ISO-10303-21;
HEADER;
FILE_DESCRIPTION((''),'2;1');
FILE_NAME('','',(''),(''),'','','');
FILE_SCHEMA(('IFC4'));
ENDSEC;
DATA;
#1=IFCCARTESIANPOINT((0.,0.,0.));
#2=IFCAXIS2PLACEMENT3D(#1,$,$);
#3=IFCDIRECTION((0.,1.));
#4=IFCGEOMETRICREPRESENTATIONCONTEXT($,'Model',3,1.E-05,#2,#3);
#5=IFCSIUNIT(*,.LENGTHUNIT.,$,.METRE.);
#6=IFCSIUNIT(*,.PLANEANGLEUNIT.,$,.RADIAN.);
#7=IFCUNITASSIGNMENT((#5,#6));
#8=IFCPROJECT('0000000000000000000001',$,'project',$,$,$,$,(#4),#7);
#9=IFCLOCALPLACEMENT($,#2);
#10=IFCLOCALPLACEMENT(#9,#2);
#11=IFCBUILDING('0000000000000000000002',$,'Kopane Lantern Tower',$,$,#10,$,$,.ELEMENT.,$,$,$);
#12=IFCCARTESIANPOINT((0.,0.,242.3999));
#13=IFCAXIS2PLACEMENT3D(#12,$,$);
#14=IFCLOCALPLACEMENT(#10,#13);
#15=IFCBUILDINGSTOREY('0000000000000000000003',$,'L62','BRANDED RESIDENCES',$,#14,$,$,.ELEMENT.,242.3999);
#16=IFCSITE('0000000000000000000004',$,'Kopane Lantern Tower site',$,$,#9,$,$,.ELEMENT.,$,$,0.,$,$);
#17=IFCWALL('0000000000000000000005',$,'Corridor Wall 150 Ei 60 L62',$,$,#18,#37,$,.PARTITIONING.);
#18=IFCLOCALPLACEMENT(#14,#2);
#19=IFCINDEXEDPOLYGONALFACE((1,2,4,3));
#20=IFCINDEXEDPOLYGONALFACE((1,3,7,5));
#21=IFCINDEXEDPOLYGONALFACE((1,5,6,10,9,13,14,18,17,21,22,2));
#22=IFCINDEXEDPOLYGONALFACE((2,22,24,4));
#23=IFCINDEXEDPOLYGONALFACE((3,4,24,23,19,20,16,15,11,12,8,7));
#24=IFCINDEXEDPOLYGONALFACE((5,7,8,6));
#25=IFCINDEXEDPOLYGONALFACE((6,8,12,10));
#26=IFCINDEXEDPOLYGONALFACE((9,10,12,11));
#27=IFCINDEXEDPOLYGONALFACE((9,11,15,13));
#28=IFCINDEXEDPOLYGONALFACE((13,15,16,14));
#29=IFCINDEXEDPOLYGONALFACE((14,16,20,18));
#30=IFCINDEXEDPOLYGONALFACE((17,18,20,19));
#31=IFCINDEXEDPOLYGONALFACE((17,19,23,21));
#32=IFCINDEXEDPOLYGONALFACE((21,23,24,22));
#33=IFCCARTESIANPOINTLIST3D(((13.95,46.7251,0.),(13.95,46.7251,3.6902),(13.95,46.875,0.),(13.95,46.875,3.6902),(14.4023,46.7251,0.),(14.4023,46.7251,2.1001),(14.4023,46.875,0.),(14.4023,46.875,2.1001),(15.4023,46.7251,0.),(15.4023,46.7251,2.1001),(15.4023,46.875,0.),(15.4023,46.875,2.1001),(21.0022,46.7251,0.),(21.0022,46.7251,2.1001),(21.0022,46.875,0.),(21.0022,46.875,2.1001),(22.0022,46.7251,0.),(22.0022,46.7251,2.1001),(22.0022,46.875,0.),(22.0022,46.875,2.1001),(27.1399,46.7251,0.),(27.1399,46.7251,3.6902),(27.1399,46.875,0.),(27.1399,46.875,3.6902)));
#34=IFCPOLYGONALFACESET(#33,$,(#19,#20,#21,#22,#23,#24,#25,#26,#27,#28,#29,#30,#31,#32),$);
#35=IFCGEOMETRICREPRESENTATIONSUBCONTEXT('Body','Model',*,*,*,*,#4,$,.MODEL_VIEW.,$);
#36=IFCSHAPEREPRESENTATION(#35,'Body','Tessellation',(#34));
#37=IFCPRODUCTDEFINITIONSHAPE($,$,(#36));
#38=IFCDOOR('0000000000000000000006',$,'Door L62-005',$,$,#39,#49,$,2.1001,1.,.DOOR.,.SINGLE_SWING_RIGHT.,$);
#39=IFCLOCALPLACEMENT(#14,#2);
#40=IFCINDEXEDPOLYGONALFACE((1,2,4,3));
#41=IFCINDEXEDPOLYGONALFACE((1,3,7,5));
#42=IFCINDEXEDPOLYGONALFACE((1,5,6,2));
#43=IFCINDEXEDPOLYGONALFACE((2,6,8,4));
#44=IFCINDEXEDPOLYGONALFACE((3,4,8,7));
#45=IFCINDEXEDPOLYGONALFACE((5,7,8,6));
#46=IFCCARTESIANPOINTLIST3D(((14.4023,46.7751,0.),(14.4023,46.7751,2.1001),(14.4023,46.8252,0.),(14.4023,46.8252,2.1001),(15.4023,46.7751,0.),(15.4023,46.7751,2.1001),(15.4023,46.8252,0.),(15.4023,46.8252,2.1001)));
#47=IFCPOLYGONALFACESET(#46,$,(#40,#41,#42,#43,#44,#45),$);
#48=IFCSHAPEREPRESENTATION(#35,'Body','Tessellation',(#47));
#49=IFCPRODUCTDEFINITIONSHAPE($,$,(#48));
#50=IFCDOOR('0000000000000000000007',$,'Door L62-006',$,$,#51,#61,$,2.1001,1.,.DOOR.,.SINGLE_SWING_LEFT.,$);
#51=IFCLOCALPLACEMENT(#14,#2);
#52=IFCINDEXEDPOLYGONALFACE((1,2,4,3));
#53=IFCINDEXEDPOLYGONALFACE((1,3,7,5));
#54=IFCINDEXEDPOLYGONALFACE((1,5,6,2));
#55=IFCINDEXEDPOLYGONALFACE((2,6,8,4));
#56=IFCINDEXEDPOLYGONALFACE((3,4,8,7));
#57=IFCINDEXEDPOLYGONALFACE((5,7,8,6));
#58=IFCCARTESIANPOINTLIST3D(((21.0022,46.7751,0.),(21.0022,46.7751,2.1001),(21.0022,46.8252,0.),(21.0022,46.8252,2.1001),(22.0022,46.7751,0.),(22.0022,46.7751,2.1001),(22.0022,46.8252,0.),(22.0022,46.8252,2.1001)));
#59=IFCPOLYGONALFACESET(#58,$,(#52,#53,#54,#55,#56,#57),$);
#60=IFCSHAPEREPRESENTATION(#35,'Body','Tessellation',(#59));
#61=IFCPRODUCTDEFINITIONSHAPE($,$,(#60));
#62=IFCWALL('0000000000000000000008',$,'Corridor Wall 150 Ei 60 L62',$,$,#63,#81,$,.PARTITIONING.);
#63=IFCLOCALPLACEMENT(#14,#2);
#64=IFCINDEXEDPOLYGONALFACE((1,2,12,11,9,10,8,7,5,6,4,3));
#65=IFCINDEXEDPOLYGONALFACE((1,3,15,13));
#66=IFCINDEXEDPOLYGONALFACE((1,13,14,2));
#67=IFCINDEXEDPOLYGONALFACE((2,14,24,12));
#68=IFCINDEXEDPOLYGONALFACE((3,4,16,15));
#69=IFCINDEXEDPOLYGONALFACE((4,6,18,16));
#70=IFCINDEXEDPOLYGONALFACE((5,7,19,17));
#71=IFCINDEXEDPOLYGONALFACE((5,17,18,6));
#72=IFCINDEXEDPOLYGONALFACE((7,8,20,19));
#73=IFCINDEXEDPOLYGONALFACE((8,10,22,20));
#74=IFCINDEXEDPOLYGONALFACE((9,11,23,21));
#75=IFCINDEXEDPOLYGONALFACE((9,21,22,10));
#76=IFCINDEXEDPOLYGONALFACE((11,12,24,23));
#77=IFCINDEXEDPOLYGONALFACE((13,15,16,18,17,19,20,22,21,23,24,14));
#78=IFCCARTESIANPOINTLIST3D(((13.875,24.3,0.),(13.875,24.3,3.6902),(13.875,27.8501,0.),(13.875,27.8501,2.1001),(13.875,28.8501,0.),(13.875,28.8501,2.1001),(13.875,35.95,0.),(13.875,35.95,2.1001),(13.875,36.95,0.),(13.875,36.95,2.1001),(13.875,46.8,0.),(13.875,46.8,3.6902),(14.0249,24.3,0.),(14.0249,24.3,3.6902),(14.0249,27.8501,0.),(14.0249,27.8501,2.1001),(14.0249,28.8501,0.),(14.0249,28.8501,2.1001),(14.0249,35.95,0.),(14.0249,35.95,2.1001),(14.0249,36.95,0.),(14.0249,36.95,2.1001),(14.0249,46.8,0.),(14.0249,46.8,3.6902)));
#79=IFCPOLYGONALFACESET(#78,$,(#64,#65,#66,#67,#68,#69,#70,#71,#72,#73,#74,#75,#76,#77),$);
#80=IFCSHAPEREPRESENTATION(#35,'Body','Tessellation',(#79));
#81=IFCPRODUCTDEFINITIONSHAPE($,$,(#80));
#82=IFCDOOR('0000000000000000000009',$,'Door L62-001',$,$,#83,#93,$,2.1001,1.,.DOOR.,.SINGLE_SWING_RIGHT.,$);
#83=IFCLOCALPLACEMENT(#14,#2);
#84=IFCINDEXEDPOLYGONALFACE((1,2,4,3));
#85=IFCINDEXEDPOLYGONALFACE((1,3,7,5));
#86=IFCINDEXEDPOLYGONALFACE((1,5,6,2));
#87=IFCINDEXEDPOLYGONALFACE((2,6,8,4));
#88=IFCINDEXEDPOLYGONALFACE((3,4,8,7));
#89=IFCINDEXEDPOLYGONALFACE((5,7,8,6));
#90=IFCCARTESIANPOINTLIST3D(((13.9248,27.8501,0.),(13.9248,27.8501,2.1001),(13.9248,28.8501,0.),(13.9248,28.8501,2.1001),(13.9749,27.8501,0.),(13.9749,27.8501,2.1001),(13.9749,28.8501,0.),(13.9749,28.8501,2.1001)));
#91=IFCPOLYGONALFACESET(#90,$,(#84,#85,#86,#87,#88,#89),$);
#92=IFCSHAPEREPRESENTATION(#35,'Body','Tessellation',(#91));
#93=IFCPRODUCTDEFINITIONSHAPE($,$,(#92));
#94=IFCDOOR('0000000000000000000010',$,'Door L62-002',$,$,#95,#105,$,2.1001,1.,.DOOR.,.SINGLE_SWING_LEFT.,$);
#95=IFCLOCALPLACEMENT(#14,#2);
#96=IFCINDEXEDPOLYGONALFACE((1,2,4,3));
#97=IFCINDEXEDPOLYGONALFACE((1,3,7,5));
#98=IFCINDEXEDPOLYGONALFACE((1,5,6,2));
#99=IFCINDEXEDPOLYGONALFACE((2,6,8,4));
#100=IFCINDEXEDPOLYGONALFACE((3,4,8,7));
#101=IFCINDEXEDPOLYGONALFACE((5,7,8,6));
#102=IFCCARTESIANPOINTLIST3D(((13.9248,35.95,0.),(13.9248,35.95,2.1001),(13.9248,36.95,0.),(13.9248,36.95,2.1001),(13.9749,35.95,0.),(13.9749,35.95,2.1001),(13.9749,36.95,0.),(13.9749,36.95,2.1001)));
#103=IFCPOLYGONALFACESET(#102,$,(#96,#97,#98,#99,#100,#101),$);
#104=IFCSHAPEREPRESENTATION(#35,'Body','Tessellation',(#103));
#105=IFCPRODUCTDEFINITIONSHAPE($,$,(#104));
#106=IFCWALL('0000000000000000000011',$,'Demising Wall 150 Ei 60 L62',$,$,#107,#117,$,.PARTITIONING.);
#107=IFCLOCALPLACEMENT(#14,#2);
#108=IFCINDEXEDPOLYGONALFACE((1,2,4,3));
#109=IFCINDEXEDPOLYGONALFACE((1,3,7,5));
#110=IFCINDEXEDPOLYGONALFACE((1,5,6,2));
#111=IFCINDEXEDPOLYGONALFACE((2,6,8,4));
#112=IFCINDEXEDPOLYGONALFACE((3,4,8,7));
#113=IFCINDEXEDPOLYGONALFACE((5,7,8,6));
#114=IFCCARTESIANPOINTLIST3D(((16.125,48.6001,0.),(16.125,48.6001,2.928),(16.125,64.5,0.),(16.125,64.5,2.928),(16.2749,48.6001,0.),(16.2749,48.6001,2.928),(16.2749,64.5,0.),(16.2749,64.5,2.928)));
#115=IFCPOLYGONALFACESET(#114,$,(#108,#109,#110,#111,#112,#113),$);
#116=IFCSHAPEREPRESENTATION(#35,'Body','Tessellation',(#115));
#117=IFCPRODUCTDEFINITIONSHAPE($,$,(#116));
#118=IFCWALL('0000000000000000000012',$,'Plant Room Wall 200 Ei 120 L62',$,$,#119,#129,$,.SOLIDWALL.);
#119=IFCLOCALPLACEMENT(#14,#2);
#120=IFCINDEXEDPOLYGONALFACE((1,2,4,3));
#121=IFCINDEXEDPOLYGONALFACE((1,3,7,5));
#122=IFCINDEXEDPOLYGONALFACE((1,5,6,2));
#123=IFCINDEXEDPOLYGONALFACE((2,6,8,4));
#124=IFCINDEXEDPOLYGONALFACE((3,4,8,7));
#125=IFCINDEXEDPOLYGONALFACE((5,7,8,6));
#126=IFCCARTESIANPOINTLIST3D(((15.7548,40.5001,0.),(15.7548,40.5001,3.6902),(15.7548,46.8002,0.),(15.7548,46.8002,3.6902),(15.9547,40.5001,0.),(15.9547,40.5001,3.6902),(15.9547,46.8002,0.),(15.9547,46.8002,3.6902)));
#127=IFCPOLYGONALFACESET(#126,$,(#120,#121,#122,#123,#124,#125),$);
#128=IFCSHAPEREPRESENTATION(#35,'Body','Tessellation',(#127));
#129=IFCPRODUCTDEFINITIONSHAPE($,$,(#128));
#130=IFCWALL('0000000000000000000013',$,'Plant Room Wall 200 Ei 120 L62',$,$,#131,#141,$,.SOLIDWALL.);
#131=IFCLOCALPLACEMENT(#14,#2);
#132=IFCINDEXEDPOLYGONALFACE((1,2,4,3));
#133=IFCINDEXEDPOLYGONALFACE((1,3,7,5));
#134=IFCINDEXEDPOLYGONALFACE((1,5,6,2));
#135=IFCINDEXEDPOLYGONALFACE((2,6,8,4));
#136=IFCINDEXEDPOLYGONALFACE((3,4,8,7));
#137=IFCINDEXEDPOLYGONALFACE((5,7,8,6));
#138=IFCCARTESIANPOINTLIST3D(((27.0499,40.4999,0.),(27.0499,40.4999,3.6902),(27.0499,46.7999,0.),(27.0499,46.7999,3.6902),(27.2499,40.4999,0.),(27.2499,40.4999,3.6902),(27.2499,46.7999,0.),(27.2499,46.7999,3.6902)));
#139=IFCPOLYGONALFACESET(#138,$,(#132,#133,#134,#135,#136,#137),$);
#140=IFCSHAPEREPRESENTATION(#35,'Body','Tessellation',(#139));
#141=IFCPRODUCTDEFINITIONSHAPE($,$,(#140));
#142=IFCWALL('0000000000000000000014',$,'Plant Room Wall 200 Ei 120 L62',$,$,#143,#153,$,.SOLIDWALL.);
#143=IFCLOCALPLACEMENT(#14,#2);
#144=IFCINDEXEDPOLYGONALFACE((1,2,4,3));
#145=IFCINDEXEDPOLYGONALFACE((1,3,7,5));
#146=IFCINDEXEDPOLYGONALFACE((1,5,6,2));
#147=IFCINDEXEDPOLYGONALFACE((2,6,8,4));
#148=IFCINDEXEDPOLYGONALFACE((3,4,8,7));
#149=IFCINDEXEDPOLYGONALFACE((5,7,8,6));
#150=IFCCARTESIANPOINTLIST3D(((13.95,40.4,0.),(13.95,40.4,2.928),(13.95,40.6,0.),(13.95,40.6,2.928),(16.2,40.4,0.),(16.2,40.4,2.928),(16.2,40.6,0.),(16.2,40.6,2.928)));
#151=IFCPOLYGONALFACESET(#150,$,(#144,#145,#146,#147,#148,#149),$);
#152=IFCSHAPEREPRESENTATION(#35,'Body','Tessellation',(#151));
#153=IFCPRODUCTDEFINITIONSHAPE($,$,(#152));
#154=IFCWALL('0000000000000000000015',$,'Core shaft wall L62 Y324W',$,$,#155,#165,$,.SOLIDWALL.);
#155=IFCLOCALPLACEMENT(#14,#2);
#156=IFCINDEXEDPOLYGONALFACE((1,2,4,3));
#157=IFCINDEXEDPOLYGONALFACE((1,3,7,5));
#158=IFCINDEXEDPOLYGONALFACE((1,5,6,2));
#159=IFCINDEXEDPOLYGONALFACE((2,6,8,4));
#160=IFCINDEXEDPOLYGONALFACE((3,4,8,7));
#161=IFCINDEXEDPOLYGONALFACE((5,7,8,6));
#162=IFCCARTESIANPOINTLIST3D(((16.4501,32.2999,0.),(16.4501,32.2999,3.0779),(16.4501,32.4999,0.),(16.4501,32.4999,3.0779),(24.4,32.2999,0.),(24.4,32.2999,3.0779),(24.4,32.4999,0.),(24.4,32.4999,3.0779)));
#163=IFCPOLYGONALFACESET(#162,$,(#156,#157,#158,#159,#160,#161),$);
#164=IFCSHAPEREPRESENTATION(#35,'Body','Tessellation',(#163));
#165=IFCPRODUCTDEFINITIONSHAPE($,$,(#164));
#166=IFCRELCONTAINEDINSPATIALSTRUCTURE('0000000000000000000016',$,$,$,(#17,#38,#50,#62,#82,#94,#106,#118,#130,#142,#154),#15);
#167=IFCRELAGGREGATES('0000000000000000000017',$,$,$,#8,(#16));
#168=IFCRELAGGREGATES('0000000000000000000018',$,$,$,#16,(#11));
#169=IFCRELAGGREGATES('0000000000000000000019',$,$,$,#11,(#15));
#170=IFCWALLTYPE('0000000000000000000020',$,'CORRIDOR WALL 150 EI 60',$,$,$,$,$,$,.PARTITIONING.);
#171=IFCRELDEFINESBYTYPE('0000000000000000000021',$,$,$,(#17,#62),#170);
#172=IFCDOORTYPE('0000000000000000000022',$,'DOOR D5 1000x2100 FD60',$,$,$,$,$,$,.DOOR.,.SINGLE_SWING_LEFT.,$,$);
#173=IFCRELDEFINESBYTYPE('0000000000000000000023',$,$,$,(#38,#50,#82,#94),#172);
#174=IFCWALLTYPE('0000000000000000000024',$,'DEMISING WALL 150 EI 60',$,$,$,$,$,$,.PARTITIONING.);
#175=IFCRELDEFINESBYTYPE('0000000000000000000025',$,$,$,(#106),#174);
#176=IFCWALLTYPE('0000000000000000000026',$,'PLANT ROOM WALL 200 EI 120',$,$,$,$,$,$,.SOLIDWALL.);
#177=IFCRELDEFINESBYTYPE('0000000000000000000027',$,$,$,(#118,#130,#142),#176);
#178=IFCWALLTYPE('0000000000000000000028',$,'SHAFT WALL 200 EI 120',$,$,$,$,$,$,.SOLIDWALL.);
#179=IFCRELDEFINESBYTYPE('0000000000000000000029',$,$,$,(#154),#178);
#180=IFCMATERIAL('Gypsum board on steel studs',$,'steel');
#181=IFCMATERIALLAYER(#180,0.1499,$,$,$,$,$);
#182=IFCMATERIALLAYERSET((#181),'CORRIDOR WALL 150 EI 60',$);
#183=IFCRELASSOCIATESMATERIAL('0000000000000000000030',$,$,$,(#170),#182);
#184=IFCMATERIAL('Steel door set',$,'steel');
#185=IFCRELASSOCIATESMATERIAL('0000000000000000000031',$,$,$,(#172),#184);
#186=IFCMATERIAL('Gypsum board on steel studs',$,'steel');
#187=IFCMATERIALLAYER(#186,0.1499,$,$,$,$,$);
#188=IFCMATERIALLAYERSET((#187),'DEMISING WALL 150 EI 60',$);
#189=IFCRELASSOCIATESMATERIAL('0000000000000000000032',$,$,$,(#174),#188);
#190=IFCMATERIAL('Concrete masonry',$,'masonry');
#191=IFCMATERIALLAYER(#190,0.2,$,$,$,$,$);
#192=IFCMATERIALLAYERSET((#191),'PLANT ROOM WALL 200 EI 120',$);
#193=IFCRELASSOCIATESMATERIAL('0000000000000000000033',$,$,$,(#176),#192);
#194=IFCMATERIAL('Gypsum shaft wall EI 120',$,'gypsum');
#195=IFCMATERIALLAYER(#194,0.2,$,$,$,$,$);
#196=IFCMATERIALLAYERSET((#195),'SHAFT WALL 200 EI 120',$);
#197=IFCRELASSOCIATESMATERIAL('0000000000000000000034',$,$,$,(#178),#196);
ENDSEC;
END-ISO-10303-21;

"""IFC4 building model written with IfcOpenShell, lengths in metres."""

from ifc_helpers import new_model, si_unit, direction, frame, frame_2d, origin, place, context, subcontext, project, spatial, rectangle, extrude, material, layer, layer_set, type_object, element, fill, save


model = new_model("IFC4")

# Units and contexts
model_context = context("Model", 3, precision=1e-05, world=origin(), true_north=direction((0.0, 1.0)))
body_context = subcontext(model_context, "Body", "Model", "MODEL_VIEW")
ifc_project = project(units=[si_unit("LENGTHUNIT", "METRE"), si_unit("PLANEANGLEUNIT", "RADIAN")], contexts=[model_context])

# Site, building, storey
site_placement = place(None, origin())
site = spatial("IfcSite", under=ifc_project, at=site_placement, Name="Kopane Lantern Tower site", CompositionType="ELEMENT", RefElevation=0.0)
building_placement = place(site_placement, origin())
building = spatial("IfcBuilding", under=site, at=building_placement, Name="Kopane Lantern Tower", CompositionType="ELEMENT")
storey_placement = place(building_placement, frame((0.0, 0.0, 242.3999)))
storey = spatial("IfcBuildingStorey", under=building, at=storey_placement, Name="L62", Description="BRANDED RESIDENCES", CompositionType="ELEMENT", Elevation=242.3999)

# Walls, openings, doors
ifc_material_1 = material(Name="Gypsum board on steel studs", Category="steel")
ifc_layer_1 = layer(ifc_material_1, 0.1499)
ifc_layer_set_1 = layer_set([ifc_layer_1], Name="CORRIDOR WALL 150 EI 60")
wall_type_1 = type_object("IfcWallType", Name="CORRIDOR WALL 150 EI 60", PredefinedType="PARTITIONING", material=ifc_layer_set_1)
wall_1_placement = place(storey_placement, frame((27.1399, 46.8, 0.0), z_axis=(0.0, 0.0, 1.0), x_axis=(-1.0, 0.0, 0.0)))
wall_1 = element("IfcWall", 1, at=wall_1_placement, inside=storey, type_object=wall_type_1, Name="Corridor Wall 150 Ei 60 L62", PredefinedType="PARTITIONING", context=body_context, shape_type="SweptSolid", body=[
    extrude(rectangle(XDim=13.1899, YDim=0.1499, at=frame_2d((6.595, 0.0))), origin(), (0.0, 0.0, 1.0), 3.6902),
])
opening_1_placement = place(wall_1_placement, frame((11.7375, 0.0, 0.0)))
opening_1 = element("IfcOpeningElement", 2, at=opening_1_placement, cuts=wall_1, PredefinedType="OPENING", context=body_context, shape_type="SweptSolid", body=[
    extrude(rectangle(XDim=1.0, YDim=2.1001, at=frame_2d((0.5, 1.05))), frame((0.0, 0.085, 0.0), z_axis=(0.0, -1.0, 0.0), x_axis=(1.0, 0.0, 0.0)), (0.0, 0.0, 1.0), 0.1699),
])
opening_2_placement = place(wall_1_placement, frame((5.1377, 0.0, 0.0)))
opening_2 = element("IfcOpeningElement", 3, at=opening_2_placement, cuts=wall_1, PredefinedType="OPENING", context=body_context, shape_type="SweptSolid", body=[
    extrude(rectangle(XDim=1.0, YDim=2.1001, at=frame_2d((0.5, 1.05))), frame((0.0, 0.085, 0.0), z_axis=(0.0, -1.0, 0.0), x_axis=(1.0, 0.0, 0.0)), (0.0, 0.0, 1.0), 0.1699),
])
ifc_material_2 = material(Name="Steel door set", Category="steel")
door_type_1 = type_object("IfcDoorType", Name="DOOR D5 1000x2100 FD60", OperationType="SINGLE_SWING_LEFT", PredefinedType="DOOR", material=ifc_material_2)
door_1_placement = place(opening_1_placement, origin())
door_1 = element("IfcDoor", 4, at=door_1_placement, inside=storey, type_object=door_type_1, Name="Door L62-005", OperationType="SINGLE_SWING_RIGHT", OverallHeight=2.1001, OverallWidth=1.0, PredefinedType="DOOR", context=body_context, shape_type="SweptSolid", body=[
    extrude(rectangle(XDim=1.0, YDim=2.1001, at=frame_2d((0.5, 1.05))), frame((0.0, 0.0249, 0.0), z_axis=(0.0, -1.0, 0.0), x_axis=(1.0, 0.0, 0.0)), (0.0, 0.0, 1.0), 0.05),
])
fill(opening_1, door_1)
door_2_placement = place(opening_2_placement, origin())
door_2 = element("IfcDoor", 5, at=door_2_placement, inside=storey, type_object=door_type_1, Name="Door L62-006", OperationType="SINGLE_SWING_LEFT", OverallHeight=2.1001, OverallWidth=1.0, PredefinedType="DOOR", context=body_context, shape_type="SweptSolid", body=[
    extrude(rectangle(XDim=1.0, YDim=2.1001, at=frame_2d((0.5, 1.05))), frame((0.0, 0.0249, 0.0), z_axis=(0.0, -1.0, 0.0), x_axis=(1.0, 0.0, 0.0)), (0.0, 0.0, 1.0), 0.05),
])
fill(opening_2, door_2)
wall_2_placement = place(storey_placement, frame((13.95, 46.8, 0.0), z_axis=(0.0, 0.0, 1.0), x_axis=(0.0, -1.0, 0.0)))
wall_2 = element("IfcWall", 6, at=wall_2_placement, inside=storey, type_object=wall_type_1, Name="Corridor Wall 150 Ei 60 L62", PredefinedType="PARTITIONING", context=body_context, shape_type="SweptSolid", body=[
    extrude(rectangle(XDim=22.5, YDim=0.1499, at=frame_2d((11.25, 0.0))), origin(), (0.0, 0.0, 1.0), 3.6902),
])
opening_3_placement = place(wall_2_placement, frame((17.95, 0.0, 0.0)))
opening_3 = element("IfcOpeningElement", 7, at=opening_3_placement, cuts=wall_2, PredefinedType="OPENING", context=body_context, shape_type="SweptSolid", body=[
    extrude(rectangle(XDim=1.0, YDim=2.1001, at=frame_2d((0.5, 1.05))), frame((0.0, 0.085, 0.0), z_axis=(0.0, -1.0, 0.0), x_axis=(1.0, 0.0, 0.0)), (0.0, 0.0, 1.0), 0.1699),
])
opening_4_placement = place(wall_2_placement, frame((9.8501, 0.0, 0.0)))
opening_4 = element("IfcOpeningElement", 8, at=opening_4_placement, cuts=wall_2, PredefinedType="OPENING", context=body_context, shape_type="SweptSolid", body=[
    extrude(rectangle(XDim=1.0, YDim=2.1001, at=frame_2d((0.5, 1.05))), frame((0.0, 0.085, 0.0), z_axis=(0.0, -1.0, 0.0), x_axis=(1.0, 0.0, 0.0)), (0.0, 0.0, 1.0), 0.1699),
])
door_3_placement = place(opening_3_placement, origin())
door_3 = element("IfcDoor", 9, at=door_3_placement, inside=storey, type_object=door_type_1, Name="Door L62-001", OperationType="SINGLE_SWING_RIGHT", OverallHeight=2.1001, OverallWidth=1.0, PredefinedType="DOOR", context=body_context, shape_type="SweptSolid", body=[
    extrude(rectangle(XDim=1.0, YDim=2.1001, at=frame_2d((0.5, 1.05))), frame((0.0, 0.0249, 0.0), z_axis=(0.0, -1.0, 0.0), x_axis=(1.0, 0.0, 0.0)), (0.0, 0.0, 1.0), 0.05),
])
fill(opening_3, door_3)
door_4_placement = place(opening_4_placement, origin())
door_4 = element("IfcDoor", 10, at=door_4_placement, inside=storey, type_object=door_type_1, Name="Door L62-002", OperationType="SINGLE_SWING_LEFT", OverallHeight=2.1001, OverallWidth=1.0, PredefinedType="DOOR", context=body_context, shape_type="SweptSolid", body=[
    extrude(rectangle(XDim=1.0, YDim=2.1001, at=frame_2d((0.5, 1.05))), frame((0.0, 0.0249, 0.0), z_axis=(0.0, -1.0, 0.0), x_axis=(1.0, 0.0, 0.0)), (0.0, 0.0, 1.0), 0.05),
])
fill(opening_4, door_4)

# Walls
ifc_material_3 = material(Name="Gypsum board on steel studs", Category="steel")
ifc_layer_2 = layer(ifc_material_3, 0.1499)
ifc_layer_set_2 = layer_set([ifc_layer_2], Name="DEMISING WALL 150 EI 60")
wall_type_2 = type_object("IfcWallType", Name="DEMISING WALL 150 EI 60", PredefinedType="PARTITIONING", material=ifc_layer_set_2)
wall_3_placement = place(storey_placement, frame((16.2, 48.6001, 0.0), z_axis=(0.0, 0.0, 1.0), x_axis=(0.0, 1.0, 0.0)))
element("IfcWall", 11, at=wall_3_placement, inside=storey, type_object=wall_type_2, Name="Demising Wall 150 Ei 60 L62", PredefinedType="PARTITIONING", context=body_context, shape_type="SweptSolid", body=[
    extrude(rectangle(XDim=15.8999, YDim=0.1499, at=frame_2d((7.95, 0.0))), origin(), (0.0, 0.0, 1.0), 2.928),
])
ifc_material_4 = material(Name="Concrete masonry", Category="masonry")
ifc_layer_3 = layer(ifc_material_4, 0.2)
ifc_layer_set_3 = layer_set([ifc_layer_3], Name="PLANT ROOM WALL 200 EI 120")
wall_type_3 = type_object("IfcWallType", Name="PLANT ROOM WALL 200 EI 120", PredefinedType="SOLIDWALL", material=ifc_layer_set_3)
for number, where, z_axis, x_axis, name in (
    (12, (15.8547, 46.8, 0.0), (0.0, 0.0, 1.0), (0.0, -1.0, 0.0), "Plant Room Wall 200 Ei 120 L62"),
    (13, (27.1499, 40.5, 0.0), (0.0, 0.0, 1.0), (0.0, 1.0, 0.0), "Plant Room Wall 200 Ei 120 L62"),
):
    element("IfcWall", number, at=place(storey_placement, frame(where, z_axis=z_axis, x_axis=x_axis)), inside=storey, type_object=wall_type_3, Name=name, PredefinedType="SOLIDWALL", context=body_context, shape_type="SweptSolid", body=[
        extrude(rectangle(XDim=6.3, YDim=0.2, at=frame_2d((3.1499, 0.0))), origin(), (0.0, 0.0, 1.0), 3.6902),
    ])
wall_4_placement = place(storey_placement, frame((13.95, 40.5, 0.0), z_axis=(0.0, 0.0, 1.0), x_axis=(1.0, 0.0, 0.0)))
element("IfcWall", 14, at=wall_4_placement, inside=storey, type_object=wall_type_3, Name="Plant Room Wall 200 Ei 120 L62", PredefinedType="SOLIDWALL", context=body_context, shape_type="SweptSolid", body=[
    extrude(rectangle(XDim=2.25, YDim=0.2, at=frame_2d((1.125, 0.0))), origin(), (0.0, 0.0, 1.0), 2.928),
])
ifc_material_5 = material(Name="Gypsum shaft wall EI 120", Category="gypsum")
ifc_layer_4 = layer(ifc_material_5, 0.2)
ifc_layer_set_4 = layer_set([ifc_layer_4], Name="SHAFT WALL 200 EI 120")
wall_type_4 = type_object("IfcWallType", Name="SHAFT WALL 200 EI 120", PredefinedType="SOLIDWALL", material=ifc_layer_set_4)
wall_5_placement = place(storey_placement, frame((16.45, 32.3999, 0.0), z_axis=(0.0, 0.0, 1.0), x_axis=(1.0, 0.0, 0.0)))
element("IfcWall", 15, at=wall_5_placement, inside=storey, type_object=wall_type_4, Name="Core shaft wall L62 Y324W", PredefinedType="SOLIDWALL", context=body_context, shape_type="SweptSolid", body=[
    extrude(rectangle(XDim=7.95, YDim=0.2, at=frame_2d((3.9751, 0.0))), origin(), (0.0, 0.0, 1.0), 3.0779),
])

save(model, "model.ifc")
